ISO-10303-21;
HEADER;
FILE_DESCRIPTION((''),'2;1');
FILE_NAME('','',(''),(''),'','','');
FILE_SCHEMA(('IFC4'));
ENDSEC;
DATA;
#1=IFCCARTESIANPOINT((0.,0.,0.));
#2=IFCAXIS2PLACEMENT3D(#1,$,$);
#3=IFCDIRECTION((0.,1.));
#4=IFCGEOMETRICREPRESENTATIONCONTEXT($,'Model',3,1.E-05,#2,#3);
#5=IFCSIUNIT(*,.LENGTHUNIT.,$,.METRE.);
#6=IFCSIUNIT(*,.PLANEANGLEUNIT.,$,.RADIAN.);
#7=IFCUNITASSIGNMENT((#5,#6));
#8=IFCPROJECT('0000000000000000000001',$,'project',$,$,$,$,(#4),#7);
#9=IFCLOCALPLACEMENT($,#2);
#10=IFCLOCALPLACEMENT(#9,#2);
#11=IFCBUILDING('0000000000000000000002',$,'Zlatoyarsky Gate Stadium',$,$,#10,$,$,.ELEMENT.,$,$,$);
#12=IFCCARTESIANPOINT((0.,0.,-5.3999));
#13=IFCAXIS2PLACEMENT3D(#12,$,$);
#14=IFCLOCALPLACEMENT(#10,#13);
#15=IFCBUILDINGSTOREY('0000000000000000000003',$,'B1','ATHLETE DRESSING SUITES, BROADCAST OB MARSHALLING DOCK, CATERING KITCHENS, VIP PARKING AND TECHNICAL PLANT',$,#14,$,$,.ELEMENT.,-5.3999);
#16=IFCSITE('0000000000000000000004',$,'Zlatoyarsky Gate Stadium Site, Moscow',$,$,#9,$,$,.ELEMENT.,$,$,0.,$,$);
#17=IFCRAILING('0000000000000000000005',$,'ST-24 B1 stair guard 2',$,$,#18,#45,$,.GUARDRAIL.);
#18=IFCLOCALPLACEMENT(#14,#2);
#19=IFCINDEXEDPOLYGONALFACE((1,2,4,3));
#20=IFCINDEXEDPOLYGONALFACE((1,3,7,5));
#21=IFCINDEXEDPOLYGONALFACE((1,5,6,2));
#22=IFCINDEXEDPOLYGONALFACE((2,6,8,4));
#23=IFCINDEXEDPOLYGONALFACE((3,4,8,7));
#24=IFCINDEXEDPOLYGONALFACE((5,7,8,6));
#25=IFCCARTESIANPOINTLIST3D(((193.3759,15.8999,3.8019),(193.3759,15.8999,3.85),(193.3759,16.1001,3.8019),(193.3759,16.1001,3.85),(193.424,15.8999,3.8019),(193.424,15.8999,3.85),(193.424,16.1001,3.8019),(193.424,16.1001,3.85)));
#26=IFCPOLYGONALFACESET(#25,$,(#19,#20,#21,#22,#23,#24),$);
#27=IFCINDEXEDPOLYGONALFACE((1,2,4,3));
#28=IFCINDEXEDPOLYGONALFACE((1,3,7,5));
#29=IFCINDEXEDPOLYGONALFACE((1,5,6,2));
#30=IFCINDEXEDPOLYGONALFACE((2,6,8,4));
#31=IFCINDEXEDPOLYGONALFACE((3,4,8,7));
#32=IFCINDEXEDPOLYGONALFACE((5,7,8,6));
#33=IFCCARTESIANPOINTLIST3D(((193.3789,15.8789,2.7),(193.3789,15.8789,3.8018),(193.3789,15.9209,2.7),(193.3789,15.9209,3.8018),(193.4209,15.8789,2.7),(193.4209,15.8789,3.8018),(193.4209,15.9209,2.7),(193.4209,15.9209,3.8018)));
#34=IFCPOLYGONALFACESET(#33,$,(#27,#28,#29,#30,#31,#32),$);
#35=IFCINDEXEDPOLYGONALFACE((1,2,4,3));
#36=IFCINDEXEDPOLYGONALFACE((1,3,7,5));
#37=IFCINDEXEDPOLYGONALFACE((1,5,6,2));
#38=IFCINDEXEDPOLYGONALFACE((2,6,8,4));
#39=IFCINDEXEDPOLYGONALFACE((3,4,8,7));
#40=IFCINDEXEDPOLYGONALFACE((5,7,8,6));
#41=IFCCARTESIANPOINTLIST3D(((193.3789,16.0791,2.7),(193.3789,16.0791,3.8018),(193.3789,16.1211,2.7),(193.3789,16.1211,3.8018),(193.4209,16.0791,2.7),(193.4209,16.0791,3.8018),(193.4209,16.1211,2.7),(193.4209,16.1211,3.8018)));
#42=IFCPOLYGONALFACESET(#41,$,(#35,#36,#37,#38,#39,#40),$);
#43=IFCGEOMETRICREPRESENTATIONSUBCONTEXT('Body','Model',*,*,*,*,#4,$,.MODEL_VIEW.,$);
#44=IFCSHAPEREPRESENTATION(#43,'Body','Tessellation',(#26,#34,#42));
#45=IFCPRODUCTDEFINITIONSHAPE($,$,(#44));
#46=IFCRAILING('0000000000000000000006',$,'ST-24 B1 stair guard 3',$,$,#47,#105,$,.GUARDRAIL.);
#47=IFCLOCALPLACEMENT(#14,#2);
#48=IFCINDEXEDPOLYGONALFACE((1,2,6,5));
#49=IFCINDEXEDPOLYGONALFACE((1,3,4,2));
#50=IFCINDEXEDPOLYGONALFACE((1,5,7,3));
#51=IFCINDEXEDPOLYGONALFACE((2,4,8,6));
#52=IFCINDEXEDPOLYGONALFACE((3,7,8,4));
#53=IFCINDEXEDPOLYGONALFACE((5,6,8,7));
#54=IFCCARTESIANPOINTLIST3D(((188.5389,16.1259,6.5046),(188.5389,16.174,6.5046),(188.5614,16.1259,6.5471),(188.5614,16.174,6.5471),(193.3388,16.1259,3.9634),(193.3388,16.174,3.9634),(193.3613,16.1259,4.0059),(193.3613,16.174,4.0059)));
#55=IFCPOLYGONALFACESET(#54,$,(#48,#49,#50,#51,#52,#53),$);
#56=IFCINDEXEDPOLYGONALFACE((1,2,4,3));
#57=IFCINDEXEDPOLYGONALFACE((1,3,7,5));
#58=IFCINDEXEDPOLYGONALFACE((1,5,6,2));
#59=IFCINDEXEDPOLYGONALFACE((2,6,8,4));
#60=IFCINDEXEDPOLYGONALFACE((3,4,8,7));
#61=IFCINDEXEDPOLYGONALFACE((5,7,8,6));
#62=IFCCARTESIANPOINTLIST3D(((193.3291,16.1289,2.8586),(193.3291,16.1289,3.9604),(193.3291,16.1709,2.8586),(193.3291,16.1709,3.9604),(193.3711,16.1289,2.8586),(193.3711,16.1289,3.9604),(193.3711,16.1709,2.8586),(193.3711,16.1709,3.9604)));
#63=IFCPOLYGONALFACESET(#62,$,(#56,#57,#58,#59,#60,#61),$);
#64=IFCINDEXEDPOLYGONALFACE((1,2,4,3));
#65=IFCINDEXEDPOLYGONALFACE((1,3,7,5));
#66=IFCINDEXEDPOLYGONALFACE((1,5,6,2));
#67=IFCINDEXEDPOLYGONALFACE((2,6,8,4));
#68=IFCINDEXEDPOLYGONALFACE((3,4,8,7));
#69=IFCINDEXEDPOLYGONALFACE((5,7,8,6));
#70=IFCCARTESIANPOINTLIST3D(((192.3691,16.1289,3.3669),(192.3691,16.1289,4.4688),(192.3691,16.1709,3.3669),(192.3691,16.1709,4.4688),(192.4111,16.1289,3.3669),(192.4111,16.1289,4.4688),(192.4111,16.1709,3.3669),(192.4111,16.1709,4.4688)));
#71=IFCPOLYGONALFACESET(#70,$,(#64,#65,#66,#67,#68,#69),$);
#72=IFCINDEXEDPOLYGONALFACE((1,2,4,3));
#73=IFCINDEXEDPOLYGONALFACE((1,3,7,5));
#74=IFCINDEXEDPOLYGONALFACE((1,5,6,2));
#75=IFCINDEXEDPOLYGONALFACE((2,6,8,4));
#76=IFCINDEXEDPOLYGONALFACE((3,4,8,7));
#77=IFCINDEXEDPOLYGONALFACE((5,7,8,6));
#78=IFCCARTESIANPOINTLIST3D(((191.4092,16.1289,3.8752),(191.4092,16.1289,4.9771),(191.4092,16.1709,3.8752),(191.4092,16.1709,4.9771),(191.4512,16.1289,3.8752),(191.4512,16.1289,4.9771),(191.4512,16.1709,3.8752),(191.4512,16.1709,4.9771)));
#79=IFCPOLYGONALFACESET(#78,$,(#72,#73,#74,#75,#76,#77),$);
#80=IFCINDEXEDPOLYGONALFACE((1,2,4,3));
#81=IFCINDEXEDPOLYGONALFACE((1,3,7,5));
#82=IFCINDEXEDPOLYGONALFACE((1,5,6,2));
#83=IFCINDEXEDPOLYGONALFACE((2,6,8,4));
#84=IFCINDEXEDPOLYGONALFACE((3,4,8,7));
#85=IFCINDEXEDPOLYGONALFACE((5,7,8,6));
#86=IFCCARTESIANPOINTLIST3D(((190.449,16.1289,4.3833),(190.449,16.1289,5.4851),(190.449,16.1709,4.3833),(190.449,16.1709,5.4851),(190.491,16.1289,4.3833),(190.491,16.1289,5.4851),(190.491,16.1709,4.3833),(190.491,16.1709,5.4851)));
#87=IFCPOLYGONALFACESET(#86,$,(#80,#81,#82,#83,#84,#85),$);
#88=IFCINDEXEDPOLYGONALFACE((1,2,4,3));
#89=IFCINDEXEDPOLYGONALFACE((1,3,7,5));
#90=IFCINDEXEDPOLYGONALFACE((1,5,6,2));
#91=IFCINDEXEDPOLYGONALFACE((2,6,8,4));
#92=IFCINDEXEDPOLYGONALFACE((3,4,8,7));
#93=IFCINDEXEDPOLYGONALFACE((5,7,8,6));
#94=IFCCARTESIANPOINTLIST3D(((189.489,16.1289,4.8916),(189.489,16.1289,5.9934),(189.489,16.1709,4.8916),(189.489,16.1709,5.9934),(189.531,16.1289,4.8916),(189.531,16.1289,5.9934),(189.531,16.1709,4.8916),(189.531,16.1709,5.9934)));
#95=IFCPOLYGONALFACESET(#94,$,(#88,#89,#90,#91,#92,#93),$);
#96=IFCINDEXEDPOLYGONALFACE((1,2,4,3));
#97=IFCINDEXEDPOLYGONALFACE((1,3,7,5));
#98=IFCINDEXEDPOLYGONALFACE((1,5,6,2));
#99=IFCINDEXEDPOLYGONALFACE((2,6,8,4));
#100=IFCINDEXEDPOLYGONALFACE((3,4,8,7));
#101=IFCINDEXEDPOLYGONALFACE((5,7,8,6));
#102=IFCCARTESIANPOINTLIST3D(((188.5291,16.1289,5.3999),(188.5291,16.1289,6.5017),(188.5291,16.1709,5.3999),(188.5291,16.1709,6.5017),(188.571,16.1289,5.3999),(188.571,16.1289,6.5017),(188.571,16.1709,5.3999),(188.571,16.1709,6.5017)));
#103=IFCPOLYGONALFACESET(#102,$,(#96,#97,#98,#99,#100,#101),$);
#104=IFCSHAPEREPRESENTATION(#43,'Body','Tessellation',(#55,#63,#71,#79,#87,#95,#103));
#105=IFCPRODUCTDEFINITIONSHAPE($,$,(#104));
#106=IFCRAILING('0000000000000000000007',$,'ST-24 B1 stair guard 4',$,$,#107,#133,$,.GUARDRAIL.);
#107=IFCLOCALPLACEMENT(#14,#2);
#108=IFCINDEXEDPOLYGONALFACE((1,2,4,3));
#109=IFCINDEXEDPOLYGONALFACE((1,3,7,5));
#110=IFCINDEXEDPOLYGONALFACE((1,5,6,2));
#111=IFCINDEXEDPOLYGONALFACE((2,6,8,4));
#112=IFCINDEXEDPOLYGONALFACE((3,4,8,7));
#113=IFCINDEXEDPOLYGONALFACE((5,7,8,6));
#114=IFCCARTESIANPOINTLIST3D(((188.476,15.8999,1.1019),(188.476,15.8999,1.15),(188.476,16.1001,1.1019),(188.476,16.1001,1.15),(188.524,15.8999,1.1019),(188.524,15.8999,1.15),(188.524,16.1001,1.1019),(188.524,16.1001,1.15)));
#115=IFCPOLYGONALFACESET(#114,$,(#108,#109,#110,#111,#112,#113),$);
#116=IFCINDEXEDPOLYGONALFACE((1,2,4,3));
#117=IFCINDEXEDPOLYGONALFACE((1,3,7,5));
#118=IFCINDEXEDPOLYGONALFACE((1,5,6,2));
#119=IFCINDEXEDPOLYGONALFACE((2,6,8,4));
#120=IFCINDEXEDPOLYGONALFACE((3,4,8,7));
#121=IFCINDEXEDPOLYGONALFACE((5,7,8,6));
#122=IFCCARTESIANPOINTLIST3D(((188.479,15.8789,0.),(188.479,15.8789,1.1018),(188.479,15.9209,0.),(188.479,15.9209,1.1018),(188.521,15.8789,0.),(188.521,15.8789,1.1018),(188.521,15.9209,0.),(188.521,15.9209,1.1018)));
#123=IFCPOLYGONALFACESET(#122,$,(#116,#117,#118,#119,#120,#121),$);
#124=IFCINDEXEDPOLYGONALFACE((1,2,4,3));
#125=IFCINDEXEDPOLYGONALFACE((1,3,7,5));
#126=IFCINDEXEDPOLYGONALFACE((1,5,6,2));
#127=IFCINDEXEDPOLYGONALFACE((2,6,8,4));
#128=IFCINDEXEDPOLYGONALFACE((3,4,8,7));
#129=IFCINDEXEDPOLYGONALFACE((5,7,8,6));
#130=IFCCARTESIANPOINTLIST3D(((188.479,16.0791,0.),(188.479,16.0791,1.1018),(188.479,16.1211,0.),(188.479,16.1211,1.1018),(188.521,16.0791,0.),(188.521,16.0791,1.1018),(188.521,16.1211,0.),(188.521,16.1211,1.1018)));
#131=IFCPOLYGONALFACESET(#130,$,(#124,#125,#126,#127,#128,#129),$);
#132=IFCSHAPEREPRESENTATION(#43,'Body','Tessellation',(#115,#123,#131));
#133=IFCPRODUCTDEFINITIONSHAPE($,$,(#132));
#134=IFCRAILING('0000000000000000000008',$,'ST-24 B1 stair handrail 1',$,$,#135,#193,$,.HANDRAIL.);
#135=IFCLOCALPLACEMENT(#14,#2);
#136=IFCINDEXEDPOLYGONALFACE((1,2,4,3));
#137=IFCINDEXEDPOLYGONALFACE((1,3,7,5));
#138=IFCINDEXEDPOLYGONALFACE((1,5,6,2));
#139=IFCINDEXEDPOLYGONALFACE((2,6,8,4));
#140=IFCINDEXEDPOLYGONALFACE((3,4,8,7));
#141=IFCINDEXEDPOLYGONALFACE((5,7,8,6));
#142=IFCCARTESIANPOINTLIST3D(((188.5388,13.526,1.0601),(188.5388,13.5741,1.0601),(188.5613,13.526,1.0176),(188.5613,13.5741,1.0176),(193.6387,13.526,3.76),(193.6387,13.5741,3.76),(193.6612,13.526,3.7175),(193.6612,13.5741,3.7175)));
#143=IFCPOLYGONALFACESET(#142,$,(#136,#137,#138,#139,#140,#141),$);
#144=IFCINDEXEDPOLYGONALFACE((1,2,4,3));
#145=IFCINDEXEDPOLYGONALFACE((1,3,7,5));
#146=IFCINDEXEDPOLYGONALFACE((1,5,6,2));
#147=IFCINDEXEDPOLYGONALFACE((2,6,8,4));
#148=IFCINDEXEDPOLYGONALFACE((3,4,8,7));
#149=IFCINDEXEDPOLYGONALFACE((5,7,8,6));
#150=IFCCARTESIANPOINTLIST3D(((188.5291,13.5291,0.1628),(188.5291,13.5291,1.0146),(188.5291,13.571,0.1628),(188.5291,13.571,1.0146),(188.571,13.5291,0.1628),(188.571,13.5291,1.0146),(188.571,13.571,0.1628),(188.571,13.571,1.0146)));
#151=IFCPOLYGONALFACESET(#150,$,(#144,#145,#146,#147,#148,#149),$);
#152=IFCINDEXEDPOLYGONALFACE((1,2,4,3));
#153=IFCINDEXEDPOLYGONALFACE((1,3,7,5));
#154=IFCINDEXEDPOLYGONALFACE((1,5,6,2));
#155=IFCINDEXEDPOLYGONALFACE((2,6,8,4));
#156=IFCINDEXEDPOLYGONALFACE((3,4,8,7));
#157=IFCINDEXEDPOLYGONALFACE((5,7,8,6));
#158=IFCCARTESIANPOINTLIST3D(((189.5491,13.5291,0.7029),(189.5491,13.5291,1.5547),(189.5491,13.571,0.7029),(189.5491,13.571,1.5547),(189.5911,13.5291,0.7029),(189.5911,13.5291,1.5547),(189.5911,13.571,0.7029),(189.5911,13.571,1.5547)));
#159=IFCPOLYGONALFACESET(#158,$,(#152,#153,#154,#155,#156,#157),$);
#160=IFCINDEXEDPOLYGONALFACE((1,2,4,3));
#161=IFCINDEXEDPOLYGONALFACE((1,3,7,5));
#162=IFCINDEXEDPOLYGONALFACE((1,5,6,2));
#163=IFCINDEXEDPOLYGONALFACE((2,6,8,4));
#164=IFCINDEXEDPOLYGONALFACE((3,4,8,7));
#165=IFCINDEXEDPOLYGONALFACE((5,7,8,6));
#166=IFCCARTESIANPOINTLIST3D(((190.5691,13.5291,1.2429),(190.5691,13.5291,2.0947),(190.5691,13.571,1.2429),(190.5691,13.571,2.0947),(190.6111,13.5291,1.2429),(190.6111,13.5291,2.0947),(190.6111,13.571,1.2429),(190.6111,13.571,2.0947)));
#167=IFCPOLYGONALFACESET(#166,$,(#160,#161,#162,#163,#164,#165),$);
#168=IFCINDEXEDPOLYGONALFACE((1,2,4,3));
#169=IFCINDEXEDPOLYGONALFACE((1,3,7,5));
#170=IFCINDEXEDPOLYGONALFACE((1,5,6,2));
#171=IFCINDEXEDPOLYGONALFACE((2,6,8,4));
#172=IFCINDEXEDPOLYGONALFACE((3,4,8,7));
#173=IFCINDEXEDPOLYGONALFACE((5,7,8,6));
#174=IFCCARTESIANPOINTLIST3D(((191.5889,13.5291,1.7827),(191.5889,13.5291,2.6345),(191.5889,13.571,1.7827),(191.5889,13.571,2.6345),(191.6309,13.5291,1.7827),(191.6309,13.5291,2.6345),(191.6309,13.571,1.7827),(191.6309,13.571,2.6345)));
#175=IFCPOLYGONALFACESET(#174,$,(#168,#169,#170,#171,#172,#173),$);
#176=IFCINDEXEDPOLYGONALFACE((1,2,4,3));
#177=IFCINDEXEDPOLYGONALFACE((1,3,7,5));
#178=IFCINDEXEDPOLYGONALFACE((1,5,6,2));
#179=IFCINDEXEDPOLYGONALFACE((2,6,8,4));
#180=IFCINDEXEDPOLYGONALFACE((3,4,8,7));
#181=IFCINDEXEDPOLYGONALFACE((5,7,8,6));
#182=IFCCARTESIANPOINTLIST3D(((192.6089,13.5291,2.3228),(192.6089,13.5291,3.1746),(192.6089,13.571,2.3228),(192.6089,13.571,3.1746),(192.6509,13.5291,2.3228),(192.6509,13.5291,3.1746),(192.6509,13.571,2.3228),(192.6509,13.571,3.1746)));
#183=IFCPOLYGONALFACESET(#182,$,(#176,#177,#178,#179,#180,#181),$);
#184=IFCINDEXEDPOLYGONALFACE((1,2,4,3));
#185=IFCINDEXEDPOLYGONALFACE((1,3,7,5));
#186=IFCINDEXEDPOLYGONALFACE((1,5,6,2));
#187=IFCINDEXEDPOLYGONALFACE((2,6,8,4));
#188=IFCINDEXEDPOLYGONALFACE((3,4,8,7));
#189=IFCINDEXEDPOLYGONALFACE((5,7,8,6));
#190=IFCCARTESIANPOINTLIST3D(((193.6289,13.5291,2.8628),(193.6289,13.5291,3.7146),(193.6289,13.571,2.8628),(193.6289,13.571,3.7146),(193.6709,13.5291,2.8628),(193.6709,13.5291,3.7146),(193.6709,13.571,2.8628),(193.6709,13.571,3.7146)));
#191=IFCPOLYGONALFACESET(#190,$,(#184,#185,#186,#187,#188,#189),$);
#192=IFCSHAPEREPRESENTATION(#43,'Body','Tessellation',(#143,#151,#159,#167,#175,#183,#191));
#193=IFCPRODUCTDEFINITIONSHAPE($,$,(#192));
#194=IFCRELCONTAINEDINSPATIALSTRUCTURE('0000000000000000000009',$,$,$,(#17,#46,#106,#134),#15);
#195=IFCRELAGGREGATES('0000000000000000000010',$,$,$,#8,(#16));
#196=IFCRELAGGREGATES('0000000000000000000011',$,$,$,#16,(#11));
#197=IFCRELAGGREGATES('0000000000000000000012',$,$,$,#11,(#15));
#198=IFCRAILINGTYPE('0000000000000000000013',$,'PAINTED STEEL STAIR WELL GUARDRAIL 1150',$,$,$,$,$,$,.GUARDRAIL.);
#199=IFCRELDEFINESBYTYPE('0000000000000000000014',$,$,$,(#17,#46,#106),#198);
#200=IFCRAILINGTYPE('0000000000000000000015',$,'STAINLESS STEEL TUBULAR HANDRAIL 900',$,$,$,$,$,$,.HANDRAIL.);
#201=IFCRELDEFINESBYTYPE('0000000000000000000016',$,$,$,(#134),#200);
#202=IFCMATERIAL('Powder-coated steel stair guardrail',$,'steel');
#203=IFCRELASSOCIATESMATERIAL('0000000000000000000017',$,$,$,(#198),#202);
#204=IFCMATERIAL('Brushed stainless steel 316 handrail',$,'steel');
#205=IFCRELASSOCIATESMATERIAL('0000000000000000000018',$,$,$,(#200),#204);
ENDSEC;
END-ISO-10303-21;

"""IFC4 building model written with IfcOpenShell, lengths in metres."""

from ifc_helpers import new_model, si_unit, direction, frame, origin, origin_2d, place, context, subcontext, project, spatial, rectangle, extrude, material, type_object, element, save


model = new_model("IFC4")

# Units and contexts
model_context = context("Model", 3, precision=1e-05, world=origin(), true_north=direction((0.0, 1.0)))
body_context = subcontext(model_context, "Body", "Model", "MODEL_VIEW")
ifc_project = project(units=[si_unit("LENGTHUNIT", "METRE"), si_unit("PLANEANGLEUNIT", "RADIAN")], contexts=[model_context])

# Site, building, storey
site_placement = place(None, origin())
site = spatial("IfcSite", under=ifc_project, at=site_placement, Name="Zlatoyarsky Gate Stadium Site, Moscow", CompositionType="ELEMENT", RefElevation=0.0)
building_placement = place(site_placement, origin())
building = spatial("IfcBuilding", under=site, at=building_placement, Name="Zlatoyarsky Gate Stadium", CompositionType="ELEMENT")
storey_placement = place(building_placement, frame((0.0, 0.0, -5.3999)))
storey = spatial("IfcBuildingStorey", under=building, at=storey_placement, Name="B1", Description="ATHLETE DRESSING SUITES, BROADCAST OB MARSHALLING DOCK, CATERING KITCHENS, VIP PARKING AND TECHNICAL PLANT", CompositionType="ELEMENT", Elevation=-5.3999)

# Railings
ifc_material_1 = material(Name="Powder-coated steel stair guardrail", Category="steel")
railing_type_1 = type_object("IfcRailingType", Name="PAINTED STEEL STAIR WELL GUARDRAIL 1150", PredefinedType="GUARDRAIL", material=ifc_material_1)
railing_1_placement = place(storey_placement, frame((193.3999, 15.8999, 2.7)))
element("IfcRailing", 1, at=railing_1_placement, inside=storey, type_object=railing_type_1, Name="ST-24 B1 stair guard 2", PredefinedType="GUARDRAIL", context=body_context, shape_type="SweptSolid", body=[
    extrude(rectangle(XDim=0.0481, YDim=0.0481, at=origin_2d()), frame((0.0, 0.0, 1.126), z_axis=(0.0, 1.0, 0.0), x_axis=(-1.0, 0.0, 0.0)), (0.0, 0.0, 1.0), 0.2002),
    extrude(rectangle(XDim=0.042, YDim=0.042, at=origin_2d()), origin(), (0.0, 0.0, 1.0), 1.1018),
    extrude(rectangle(XDim=0.042, YDim=0.042, at=origin_2d()), frame((0.0, 0.2002, 0.0)), (0.0, 0.0, 1.0), 1.1018),
])
railing_2_placement = place(storey_placement, frame((193.3501, 16.1499, 2.8586)))
element("IfcRailing", 2, at=railing_2_placement, inside=storey, type_object=railing_type_1, Name="ST-24 B1 stair guard 3", PredefinedType="GUARDRAIL", context=body_context, shape_type="SweptSolid", body=[
    extrude(rectangle(XDim=0.0481, YDim=0.0481, at=origin_2d()), frame((0.0, 0.0, 1.126), z_axis=(-0.883784, 0.0, 0.467896), x_axis=(0.0, -1.0, 0.0)), (0.0, 0.0, 1.0), 5.4312),
    extrude(rectangle(XDim=0.042, YDim=0.042, at=origin_2d()), origin(), (0.0, 0.0, 1.0), 1.1018),
    extrude(rectangle(XDim=0.042, YDim=0.042, at=origin_2d()), frame((-0.96, 0.0, 0.5083)), (0.0, 0.0, 1.0), 1.1018),
    extrude(rectangle(XDim=0.042, YDim=0.042, at=origin_2d()), frame((-1.9199, 0.0, 1.0166)), (0.0, 0.0, 1.0), 1.1018),
    extrude(rectangle(XDim=0.042, YDim=0.042, at=origin_2d()), frame((-2.8801, 0.0, 1.5247)), (0.0, 0.0, 1.0), 1.1018),
    extrude(rectangle(XDim=0.042, YDim=0.042, at=origin_2d()), frame((-3.8401, 0.0, 2.033)), (0.0, 0.0, 1.0), 1.1018),
    extrude(rectangle(XDim=0.042, YDim=0.042, at=origin_2d()), frame((-4.8, 0.0, 2.5413)), (0.0, 0.0, 1.0), 1.1018),
])
railing_3_placement = place(storey_placement, frame((188.5, 15.8999, 0.0)))
element("IfcRailing", 3, at=railing_3_placement, inside=storey, type_object=railing_type_1, Name="ST-24 B1 stair guard 4", PredefinedType="GUARDRAIL", context=body_context, shape_type="SweptSolid", body=[
    extrude(rectangle(XDim=0.0481, YDim=0.0481, at=origin_2d()), frame((0.0, 0.0, 1.126), z_axis=(0.0, 1.0, 0.0), x_axis=(-1.0, 0.0, 0.0)), (0.0, 0.0, 1.0), 0.2002),
    extrude(rectangle(XDim=0.042, YDim=0.042, at=origin_2d()), origin(), (0.0, 0.0, 1.0), 1.1018),
    extrude(rectangle(XDim=0.042, YDim=0.042, at=origin_2d()), frame((0.0, 0.2002, 0.0)), (0.0, 0.0, 1.0), 1.1018),
])
ifc_material_2 = material(Name="Brushed stainless steel 316 handrail", Category="steel")
railing_type_2 = type_object("IfcRailingType", Name="STAINLESS STEEL TUBULAR HANDRAIL 900", PredefinedType="HANDRAIL", material=ifc_material_2)
railing_4_placement = place(storey_placement, frame((188.55, 13.55, 0.1628)))
element("IfcRailing", 4, at=railing_4_placement, inside=storey, type_object=railing_type_2, Name="ST-24 B1 stair handrail 1", PredefinedType="HANDRAIL", context=body_context, shape_type="SweptSolid", body=[
    extrude(rectangle(XDim=0.0481, YDim=0.0481, at=origin_2d()), frame((0.0, 0.0, 0.876), z_axis=(0.883786, 0.0, 0.467892), x_axis=(0.0, 1.0, 0.0)), (0.0, 0.0, 1.0), 5.7705),
    extrude(rectangle(XDim=0.042, YDim=0.042, at=origin_2d()), origin(), (0.0, 0.0, 1.0), 0.8518),
    extrude(rectangle(XDim=0.042, YDim=0.042, at=origin_2d()), frame((1.02, 0.0, 0.54)), (0.0, 0.0, 1.0), 0.8518),
    extrude(rectangle(XDim=0.042, YDim=0.042, at=origin_2d()), frame((2.04, 0.0, 1.0801)), (0.0, 0.0, 1.0), 0.8518),
    extrude(rectangle(XDim=0.042, YDim=0.042, at=origin_2d()), frame((3.0598, 0.0, 1.6199)), (0.0, 0.0, 1.0), 0.8518),
    extrude(rectangle(XDim=0.042, YDim=0.042, at=origin_2d()), frame((4.0798, 0.0, 2.1599)), (0.0, 0.0, 1.0), 0.8518),
    extrude(rectangle(XDim=0.042, YDim=0.042, at=origin_2d()), frame((5.0999, 0.0, 2.7)), (0.0, 0.0, 1.0), 0.8518),
])

save(model, "model.ifc")
